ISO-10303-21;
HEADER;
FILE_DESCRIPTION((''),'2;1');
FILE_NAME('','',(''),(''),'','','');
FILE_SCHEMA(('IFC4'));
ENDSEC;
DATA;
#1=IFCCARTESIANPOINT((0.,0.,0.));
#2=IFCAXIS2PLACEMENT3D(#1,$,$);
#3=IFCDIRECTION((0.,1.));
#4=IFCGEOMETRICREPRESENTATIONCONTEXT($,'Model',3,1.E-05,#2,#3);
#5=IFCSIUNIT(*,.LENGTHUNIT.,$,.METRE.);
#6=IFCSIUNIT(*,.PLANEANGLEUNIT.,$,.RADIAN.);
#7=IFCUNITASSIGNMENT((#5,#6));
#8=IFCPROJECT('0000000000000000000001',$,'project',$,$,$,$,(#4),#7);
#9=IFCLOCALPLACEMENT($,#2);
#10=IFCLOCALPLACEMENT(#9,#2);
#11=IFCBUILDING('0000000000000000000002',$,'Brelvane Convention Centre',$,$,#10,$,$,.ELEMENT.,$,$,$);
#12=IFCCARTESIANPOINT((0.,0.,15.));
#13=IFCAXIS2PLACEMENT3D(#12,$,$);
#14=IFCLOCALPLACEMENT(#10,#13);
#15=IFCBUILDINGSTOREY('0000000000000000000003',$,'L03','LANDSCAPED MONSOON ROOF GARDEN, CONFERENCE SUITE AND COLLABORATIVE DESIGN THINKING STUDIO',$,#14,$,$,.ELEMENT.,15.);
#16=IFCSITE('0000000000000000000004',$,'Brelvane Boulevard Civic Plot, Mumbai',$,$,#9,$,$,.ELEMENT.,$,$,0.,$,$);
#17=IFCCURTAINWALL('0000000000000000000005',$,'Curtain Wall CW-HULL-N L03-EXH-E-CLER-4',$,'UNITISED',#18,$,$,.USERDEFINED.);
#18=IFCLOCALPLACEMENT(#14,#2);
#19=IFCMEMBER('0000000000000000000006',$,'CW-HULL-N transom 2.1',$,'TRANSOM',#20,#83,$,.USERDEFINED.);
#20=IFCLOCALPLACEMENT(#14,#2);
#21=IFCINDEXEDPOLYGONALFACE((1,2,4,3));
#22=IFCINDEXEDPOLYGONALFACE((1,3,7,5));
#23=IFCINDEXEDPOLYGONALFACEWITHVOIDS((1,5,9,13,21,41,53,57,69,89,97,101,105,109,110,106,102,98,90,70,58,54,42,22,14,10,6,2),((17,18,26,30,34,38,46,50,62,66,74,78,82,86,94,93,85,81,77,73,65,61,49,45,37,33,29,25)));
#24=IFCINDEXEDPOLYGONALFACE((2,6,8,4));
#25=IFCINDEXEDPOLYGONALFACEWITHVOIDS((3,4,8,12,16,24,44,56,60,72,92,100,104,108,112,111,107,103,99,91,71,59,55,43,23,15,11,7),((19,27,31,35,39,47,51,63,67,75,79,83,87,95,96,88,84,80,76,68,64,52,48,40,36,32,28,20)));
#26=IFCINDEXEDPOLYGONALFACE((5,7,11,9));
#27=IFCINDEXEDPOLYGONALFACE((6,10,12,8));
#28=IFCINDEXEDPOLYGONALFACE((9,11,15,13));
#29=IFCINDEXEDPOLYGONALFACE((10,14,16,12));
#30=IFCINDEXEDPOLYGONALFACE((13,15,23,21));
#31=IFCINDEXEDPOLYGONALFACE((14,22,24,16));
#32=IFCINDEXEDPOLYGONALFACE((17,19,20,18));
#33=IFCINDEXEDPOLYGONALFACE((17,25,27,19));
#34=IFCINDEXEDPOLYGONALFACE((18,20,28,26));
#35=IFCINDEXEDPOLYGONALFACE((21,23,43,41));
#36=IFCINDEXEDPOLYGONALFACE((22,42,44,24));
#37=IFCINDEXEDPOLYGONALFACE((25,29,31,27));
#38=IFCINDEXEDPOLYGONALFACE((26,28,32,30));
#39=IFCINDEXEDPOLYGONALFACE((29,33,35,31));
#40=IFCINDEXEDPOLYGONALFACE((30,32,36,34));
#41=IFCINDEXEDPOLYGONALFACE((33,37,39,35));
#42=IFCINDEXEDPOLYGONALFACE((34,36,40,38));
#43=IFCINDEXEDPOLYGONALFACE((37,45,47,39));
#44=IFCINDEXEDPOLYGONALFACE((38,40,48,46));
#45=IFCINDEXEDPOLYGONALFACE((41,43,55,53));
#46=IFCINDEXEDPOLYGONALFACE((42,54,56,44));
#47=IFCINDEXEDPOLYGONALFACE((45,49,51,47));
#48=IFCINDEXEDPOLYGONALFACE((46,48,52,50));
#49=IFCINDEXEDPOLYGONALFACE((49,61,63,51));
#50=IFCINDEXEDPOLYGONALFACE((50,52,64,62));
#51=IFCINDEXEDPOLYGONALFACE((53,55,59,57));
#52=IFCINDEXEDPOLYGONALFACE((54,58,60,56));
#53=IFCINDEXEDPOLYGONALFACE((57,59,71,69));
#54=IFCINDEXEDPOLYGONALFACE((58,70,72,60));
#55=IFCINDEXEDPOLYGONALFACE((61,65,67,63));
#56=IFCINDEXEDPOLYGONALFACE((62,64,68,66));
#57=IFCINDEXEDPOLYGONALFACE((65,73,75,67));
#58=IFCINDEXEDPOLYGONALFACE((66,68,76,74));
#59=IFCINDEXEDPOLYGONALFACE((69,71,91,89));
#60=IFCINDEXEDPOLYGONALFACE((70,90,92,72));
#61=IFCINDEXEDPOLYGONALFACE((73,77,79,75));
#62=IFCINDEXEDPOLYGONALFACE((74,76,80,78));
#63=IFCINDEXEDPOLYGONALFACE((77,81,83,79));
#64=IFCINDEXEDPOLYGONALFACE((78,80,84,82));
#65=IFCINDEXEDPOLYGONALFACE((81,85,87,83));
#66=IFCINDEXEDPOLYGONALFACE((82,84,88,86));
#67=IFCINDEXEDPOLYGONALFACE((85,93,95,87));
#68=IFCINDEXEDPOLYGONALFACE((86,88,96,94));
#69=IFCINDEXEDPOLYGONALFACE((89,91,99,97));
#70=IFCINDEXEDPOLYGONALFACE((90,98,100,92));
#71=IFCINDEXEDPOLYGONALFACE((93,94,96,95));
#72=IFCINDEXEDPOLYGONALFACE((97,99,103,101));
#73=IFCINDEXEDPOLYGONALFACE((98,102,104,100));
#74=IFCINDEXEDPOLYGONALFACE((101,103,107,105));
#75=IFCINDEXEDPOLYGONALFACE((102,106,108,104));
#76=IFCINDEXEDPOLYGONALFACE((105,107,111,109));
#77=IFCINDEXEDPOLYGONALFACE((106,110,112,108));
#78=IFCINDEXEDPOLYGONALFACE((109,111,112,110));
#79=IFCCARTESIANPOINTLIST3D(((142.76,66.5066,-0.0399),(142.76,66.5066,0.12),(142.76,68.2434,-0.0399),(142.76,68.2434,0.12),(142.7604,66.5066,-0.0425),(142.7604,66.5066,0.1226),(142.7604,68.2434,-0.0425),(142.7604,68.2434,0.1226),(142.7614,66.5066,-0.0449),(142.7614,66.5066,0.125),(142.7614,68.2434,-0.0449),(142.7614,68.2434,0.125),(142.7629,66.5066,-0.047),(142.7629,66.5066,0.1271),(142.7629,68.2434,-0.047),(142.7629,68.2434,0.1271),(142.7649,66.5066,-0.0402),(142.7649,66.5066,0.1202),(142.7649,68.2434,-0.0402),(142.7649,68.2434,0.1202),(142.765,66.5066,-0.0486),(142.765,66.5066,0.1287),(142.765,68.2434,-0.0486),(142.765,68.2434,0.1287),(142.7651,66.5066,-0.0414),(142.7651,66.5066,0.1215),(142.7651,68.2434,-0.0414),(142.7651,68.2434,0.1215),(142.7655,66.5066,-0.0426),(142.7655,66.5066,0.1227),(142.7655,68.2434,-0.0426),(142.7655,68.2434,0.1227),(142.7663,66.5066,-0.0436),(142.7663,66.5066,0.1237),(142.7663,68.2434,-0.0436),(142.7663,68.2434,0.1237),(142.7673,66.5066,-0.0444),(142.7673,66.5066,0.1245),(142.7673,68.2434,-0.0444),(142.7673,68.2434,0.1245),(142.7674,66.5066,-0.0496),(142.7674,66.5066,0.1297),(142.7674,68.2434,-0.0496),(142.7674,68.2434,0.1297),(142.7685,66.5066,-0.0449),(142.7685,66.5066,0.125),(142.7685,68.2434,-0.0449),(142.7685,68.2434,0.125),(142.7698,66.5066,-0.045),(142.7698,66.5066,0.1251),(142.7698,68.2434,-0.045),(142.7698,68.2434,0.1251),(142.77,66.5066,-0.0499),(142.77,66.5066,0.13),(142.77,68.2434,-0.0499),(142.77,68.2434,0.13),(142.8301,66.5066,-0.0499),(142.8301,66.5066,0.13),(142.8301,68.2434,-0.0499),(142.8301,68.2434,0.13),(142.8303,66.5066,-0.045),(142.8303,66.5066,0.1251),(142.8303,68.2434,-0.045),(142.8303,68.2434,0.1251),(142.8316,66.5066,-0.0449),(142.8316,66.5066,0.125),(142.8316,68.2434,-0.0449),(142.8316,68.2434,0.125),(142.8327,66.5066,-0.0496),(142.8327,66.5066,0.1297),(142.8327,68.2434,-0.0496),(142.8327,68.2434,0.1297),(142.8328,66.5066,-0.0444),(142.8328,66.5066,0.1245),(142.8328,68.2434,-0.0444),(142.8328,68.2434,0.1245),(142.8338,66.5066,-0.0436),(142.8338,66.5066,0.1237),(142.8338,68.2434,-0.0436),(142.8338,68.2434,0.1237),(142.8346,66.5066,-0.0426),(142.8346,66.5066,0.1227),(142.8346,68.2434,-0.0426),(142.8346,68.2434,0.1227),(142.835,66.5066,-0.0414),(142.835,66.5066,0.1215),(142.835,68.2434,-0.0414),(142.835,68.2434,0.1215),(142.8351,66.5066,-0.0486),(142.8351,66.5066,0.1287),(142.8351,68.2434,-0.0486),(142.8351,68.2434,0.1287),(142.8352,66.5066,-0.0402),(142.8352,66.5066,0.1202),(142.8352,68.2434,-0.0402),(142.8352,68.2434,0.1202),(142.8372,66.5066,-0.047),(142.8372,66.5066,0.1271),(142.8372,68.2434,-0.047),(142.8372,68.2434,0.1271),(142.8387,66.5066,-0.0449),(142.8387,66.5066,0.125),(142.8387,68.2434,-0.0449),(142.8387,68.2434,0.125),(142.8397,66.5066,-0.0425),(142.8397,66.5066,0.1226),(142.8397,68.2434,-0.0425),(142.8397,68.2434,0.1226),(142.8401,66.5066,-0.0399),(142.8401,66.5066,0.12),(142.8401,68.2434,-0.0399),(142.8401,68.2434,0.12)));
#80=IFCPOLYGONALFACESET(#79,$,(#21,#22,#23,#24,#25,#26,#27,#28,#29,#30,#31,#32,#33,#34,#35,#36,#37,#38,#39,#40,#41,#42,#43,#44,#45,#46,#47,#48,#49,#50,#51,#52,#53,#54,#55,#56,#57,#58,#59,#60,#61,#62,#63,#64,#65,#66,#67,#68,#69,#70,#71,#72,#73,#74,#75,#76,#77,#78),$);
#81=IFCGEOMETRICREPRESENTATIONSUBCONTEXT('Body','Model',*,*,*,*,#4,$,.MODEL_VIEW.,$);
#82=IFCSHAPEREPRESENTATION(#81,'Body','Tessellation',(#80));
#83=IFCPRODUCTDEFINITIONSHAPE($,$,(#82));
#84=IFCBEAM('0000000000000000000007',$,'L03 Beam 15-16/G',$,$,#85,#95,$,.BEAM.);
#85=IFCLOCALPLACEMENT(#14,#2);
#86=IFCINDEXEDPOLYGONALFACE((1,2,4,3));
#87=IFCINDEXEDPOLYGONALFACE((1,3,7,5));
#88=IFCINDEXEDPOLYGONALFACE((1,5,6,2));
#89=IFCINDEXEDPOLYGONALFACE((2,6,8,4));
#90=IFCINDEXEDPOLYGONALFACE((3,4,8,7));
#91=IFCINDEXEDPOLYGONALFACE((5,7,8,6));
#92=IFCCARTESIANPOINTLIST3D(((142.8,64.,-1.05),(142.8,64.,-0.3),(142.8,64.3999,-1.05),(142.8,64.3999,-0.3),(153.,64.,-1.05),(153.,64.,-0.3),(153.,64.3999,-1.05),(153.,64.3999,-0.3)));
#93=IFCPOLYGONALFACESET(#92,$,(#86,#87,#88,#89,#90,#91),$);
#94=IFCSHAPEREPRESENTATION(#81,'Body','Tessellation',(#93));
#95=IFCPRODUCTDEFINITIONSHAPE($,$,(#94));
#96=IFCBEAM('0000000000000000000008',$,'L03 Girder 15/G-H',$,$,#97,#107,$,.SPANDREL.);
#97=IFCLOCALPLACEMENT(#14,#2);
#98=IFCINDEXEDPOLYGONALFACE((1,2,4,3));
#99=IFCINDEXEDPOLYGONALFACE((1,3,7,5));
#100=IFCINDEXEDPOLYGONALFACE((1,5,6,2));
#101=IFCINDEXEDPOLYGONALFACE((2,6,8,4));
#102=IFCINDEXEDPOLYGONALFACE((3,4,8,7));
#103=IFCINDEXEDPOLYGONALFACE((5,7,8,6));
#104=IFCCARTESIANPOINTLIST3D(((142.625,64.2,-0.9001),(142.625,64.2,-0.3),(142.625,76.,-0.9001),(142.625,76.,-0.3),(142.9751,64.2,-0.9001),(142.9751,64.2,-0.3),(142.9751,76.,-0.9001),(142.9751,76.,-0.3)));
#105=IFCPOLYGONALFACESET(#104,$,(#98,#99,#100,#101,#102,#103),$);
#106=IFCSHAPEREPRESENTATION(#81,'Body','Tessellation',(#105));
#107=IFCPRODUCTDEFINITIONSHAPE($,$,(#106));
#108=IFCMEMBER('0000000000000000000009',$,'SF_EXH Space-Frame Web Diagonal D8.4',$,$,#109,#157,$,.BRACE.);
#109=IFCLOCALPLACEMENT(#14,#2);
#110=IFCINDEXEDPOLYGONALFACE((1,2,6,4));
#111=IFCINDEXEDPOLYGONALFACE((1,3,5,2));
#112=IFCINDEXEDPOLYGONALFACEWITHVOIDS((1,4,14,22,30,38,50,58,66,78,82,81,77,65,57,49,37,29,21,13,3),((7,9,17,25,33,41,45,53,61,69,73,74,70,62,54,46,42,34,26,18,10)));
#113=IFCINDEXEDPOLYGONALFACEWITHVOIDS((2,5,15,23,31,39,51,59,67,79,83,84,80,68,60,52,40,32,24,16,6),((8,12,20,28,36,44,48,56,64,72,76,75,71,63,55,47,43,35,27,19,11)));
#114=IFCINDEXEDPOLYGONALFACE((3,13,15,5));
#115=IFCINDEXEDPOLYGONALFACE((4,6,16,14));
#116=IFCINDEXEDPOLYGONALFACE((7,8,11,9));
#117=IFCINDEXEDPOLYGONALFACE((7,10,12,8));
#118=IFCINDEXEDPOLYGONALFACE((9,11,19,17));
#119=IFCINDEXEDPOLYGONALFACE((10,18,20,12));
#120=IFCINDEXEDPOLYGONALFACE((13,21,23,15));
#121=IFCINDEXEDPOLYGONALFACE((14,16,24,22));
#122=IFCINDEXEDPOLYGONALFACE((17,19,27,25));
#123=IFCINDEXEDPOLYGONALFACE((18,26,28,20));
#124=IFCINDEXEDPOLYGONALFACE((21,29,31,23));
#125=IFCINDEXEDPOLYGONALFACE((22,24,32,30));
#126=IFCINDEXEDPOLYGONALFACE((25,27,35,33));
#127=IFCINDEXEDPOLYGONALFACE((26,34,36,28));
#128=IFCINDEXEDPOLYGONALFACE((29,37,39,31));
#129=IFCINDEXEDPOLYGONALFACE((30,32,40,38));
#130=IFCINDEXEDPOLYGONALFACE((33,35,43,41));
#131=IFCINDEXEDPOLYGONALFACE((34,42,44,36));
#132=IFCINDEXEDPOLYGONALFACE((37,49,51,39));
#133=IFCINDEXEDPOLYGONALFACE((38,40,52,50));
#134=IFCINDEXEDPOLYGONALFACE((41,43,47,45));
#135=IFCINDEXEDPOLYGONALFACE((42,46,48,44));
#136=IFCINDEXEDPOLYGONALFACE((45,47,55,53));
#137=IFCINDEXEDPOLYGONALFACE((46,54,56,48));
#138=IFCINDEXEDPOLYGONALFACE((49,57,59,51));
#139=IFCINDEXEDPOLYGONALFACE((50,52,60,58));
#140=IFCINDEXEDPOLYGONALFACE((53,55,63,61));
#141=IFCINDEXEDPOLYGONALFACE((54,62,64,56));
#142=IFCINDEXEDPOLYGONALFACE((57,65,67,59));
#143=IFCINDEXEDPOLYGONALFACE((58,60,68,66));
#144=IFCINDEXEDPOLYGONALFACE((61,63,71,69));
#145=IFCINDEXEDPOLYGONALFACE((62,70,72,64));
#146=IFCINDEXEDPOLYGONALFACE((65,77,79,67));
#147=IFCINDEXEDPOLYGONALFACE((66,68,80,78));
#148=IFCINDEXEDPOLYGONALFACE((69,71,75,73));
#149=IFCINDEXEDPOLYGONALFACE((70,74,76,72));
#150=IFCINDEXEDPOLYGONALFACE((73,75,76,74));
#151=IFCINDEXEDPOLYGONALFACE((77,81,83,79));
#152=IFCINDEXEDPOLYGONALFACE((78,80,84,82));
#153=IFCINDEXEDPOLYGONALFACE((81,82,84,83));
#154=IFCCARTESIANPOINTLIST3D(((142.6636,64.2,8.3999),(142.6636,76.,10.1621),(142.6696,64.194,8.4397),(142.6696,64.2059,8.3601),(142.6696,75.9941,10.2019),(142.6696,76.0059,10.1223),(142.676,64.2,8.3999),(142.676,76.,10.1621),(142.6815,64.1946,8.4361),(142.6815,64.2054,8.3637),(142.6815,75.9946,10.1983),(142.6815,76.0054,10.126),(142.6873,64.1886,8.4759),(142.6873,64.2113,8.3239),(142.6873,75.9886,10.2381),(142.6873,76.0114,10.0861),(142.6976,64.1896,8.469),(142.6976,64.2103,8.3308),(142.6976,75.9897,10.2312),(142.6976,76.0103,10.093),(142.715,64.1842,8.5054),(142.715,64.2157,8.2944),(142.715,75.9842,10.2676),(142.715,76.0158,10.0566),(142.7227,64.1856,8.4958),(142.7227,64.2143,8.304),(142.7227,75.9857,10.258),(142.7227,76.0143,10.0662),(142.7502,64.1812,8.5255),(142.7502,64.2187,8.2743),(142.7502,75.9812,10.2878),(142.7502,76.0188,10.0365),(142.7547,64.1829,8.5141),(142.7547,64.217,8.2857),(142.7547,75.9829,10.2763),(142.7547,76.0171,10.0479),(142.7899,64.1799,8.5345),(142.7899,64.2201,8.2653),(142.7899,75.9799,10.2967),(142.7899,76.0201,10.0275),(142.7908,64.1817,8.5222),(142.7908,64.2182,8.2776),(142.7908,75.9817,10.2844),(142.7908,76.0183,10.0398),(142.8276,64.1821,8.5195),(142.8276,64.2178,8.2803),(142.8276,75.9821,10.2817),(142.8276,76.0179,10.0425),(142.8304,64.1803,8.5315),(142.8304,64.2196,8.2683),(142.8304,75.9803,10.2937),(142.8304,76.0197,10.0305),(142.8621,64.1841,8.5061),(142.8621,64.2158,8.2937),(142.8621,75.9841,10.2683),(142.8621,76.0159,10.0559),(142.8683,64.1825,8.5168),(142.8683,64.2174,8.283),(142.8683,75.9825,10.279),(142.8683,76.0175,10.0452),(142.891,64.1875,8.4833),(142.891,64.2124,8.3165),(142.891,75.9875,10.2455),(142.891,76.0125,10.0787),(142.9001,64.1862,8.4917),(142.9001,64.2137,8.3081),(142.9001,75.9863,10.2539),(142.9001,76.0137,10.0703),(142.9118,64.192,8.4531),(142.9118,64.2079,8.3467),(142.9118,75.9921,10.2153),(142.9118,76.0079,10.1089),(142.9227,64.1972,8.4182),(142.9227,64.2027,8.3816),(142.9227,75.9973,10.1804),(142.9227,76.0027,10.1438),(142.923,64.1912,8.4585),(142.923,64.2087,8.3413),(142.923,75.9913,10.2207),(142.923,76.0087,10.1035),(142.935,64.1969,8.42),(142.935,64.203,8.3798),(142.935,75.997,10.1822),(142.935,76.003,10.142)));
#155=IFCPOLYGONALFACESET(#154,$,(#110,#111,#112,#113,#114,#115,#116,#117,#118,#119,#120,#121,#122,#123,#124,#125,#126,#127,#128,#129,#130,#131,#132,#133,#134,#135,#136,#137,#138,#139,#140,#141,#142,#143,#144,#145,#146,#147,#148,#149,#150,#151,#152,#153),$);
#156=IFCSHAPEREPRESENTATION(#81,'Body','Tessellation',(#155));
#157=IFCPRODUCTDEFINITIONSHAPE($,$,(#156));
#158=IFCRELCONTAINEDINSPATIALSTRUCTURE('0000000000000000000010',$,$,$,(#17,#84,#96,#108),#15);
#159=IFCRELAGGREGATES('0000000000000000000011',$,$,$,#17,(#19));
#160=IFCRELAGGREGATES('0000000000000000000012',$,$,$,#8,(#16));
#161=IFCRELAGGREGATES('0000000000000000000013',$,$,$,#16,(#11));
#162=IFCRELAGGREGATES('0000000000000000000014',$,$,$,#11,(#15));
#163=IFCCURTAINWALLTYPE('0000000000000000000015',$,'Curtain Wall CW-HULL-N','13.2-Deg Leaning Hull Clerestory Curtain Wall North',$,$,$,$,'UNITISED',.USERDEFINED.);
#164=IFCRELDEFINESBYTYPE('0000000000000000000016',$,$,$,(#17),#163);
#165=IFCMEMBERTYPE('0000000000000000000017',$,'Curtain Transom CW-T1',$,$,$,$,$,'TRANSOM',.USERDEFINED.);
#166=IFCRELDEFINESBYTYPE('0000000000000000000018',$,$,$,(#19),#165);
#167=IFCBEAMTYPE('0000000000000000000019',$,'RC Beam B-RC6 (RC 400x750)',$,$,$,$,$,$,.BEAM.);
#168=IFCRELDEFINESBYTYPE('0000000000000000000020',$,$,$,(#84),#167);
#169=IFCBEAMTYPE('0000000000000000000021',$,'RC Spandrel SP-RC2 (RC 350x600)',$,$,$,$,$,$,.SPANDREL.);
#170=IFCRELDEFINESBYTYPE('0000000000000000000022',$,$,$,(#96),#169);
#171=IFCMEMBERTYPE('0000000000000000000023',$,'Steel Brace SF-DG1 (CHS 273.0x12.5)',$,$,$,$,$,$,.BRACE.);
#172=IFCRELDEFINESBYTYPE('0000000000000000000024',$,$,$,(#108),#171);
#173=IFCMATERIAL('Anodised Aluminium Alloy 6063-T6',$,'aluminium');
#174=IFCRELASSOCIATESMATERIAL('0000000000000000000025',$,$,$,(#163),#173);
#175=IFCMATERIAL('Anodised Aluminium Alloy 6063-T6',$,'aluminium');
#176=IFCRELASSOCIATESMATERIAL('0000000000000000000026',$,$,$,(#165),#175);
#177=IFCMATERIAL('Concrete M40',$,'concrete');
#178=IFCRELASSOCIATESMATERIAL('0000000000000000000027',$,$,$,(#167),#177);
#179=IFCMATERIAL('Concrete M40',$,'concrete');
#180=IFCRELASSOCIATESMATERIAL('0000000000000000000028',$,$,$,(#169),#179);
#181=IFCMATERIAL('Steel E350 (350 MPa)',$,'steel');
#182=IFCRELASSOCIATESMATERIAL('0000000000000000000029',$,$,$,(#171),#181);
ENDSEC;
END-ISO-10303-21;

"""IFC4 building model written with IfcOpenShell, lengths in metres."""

from ifc_helpers import new_model, si_unit, direction, frame, origin, origin_2d, place, context, subcontext, project, spatial, rectangle, hollow_rectangle, hollow_circle, extrude, material, material_profile, profile_set, type_object, element, aggregate, save


model = new_model("IFC4")

# Units and contexts
model_context = context("Model", 3, precision=1e-05, world=origin(), true_north=direction((0.0, 1.0)))
body_context = subcontext(model_context, "Body", "Model", "MODEL_VIEW")
ifc_project = project(units=[si_unit("LENGTHUNIT", "METRE"), si_unit("PLANEANGLEUNIT", "RADIAN")], contexts=[model_context])

# Site, building, storey
site_placement = place(None, origin())
site = spatial("IfcSite", under=ifc_project, at=site_placement, Name="Brelvane Boulevard Civic Plot, Mumbai", CompositionType="ELEMENT", RefElevation=0.0)
building_placement = place(site_placement, origin())
building = spatial("IfcBuilding", under=site, at=building_placement, Name="Brelvane Convention Centre", CompositionType="ELEMENT")
storey_placement = place(building_placement, frame((0.0, 0.0, 15.0)))
storey = spatial("IfcBuildingStorey", under=building, at=storey_placement, Name="L03", Description="LANDSCAPED MONSOON ROOF GARDEN, CONFERENCE SUITE AND COLLABORATIVE DESIGN THINKING STUDIO", CompositionType="ELEMENT", Elevation=15.0)

# Curtain wall
ifc_material_1 = material(Name="Anodised Aluminium Alloy 6063-T6", Category="aluminium")
curtain_wall_type = type_object("IfcCurtainWallType", Name="Curtain Wall CW-HULL-N", Description="13.2-Deg Leaning Hull Clerestory Curtain Wall North", ElementType="UNITISED", PredefinedType="USERDEFINED", material=ifc_material_1)
curtain_wall_1_placement = place(storey_placement, origin())
curtain_wall_1 = element("IfcCurtainWall", 1, at=curtain_wall_1_placement, inside=storey, type_object=curtain_wall_type, Name="Curtain Wall CW-HULL-N L03-EXH-E-CLER-4", ObjectType="UNITISED", PredefinedType="USERDEFINED")

# Member
ifc_material_2 = material(Name="Anodised Aluminium Alloy 6063-T6", Category="aluminium")
ifc_material_profile_1 = material_profile(ifc_material_2, hollow_rectangle(XDim=0.0801, YDim=0.1799, WallThickness=0.0049, InnerFilletRadius=0.0049, OuterFilletRadius=0.01, at=origin_2d()), Name="ALU-T 180x80x5.0")
ifc_profile_set_1 = profile_set([ifc_material_profile_1], Name="Anodised Aluminium Alloy 6063-T6")
member_type_1 = type_object("IfcMemberType", Name="Curtain Transom CW-T1", ElementType="TRANSOM", PredefinedType="USERDEFINED", material=ifc_profile_set_1)
member_1_placement = place(storey_placement, frame((142.8, 66.5066, 0.04), z_axis=(0.0, 1.0, 0.0), x_axis=(-1.0, 0.0, 0.0)))
member_1 = element("IfcMember", 2, at=member_1_placement, type_object=member_type_1, Name="CW-HULL-N transom 2.1", ObjectType="TRANSOM", PredefinedType="USERDEFINED", context=body_context, shape_type="SweptSolid", body=[
    extrude(hollow_rectangle(XDim=0.0801, YDim=0.1799, WallThickness=0.0049, InnerFilletRadius=0.0049, OuterFilletRadius=0.01, at=origin_2d()), origin(), (0.0, 0.0, 1.0), 1.7368),
])

# Beams
ifc_material_3 = material(Name="Concrete M40", Category="concrete")
ifc_material_profile_2 = material_profile(ifc_material_3, rectangle(XDim=0.3999, YDim=0.75, at=origin_2d()), Name="RC 400x750")
ifc_profile_set_2 = profile_set([ifc_material_profile_2], Name="Concrete M40")
beam_type_1 = type_object("IfcBeamType", Name="RC Beam B-RC6 (RC 400x750)", PredefinedType="BEAM", material=ifc_profile_set_2)
beam_1_placement = place(storey_placement, frame((142.8, 64.2, -0.675), z_axis=(1.0, 0.0, 0.0), x_axis=(0.0, 1.0, 0.0)))
element("IfcBeam", 3, at=beam_1_placement, inside=storey, type_object=beam_type_1, Name="L03 Beam 15-16/G", PredefinedType="BEAM", context=body_context, shape_type="SweptSolid", body=[
    extrude(rectangle(XDim=0.3999, YDim=0.75, at=origin_2d()), origin(), (0.0, 0.0, 1.0), 10.2),
])
ifc_material_4 = material(Name="Concrete M40", Category="concrete")
ifc_material_profile_3 = material_profile(ifc_material_4, rectangle(XDim=0.3501, YDim=0.6001, at=origin_2d()), Name="RC 350x600")
ifc_profile_set_3 = profile_set([ifc_material_profile_3], Name="Concrete M40")
beam_type_2 = type_object("IfcBeamType", Name="RC Spandrel SP-RC2 (RC 350x600)", PredefinedType="SPANDREL", material=ifc_profile_set_3)
beam_2_placement = place(storey_placement, frame((142.8, 64.2, -0.6001), z_axis=(0.0, 1.0, 0.0), x_axis=(-1.0, 0.0, 0.0)))
element("IfcBeam", 4, at=beam_2_placement, inside=storey, type_object=beam_type_2, Name="L03 Girder 15/G-H", PredefinedType="SPANDREL", context=body_context, shape_type="SweptSolid", body=[
    extrude(rectangle(XDim=0.3501, YDim=0.6001, at=origin_2d()), origin(), (0.0, 0.0, 1.0), 11.8),
])

# Member
ifc_material_5 = material(Name="Steel E350 (350 MPa)", Category="steel")
ifc_material_profile_4 = material_profile(ifc_material_5, hollow_circle(Radius=0.1365, WallThickness=0.0125, at=origin_2d()), Name="CHS 273.0x12.5")
ifc_profile_set_4 = profile_set([ifc_material_profile_4], Name="Steel E350 (350 MPa)")
member_type_2 = type_object("IfcMemberType", Name="Steel Brace SF-DG1 (CHS 273.0x12.5)", PredefinedType="BRACE", material=ifc_profile_set_4)
member_2_placement = place(storey_placement, frame((142.8, 64.2, 8.3999), z_axis=(0.0, 0.989032, 0.147701), x_axis=(-1.0, 0.0, 0.0)))
element("IfcMember", 5, at=member_2_placement, inside=storey, type_object=member_type_2, Name="SF_EXH Space-Frame Web Diagonal D8.4", PredefinedType="BRACE", context=body_context, shape_type="SweptSolid", body=[
    extrude(hollow_circle(Radius=0.1365, WallThickness=0.0125, at=origin_2d()), origin(), (0.0, 0.0, 1.0), 11.9309),
])

aggregate(curtain_wall_1, [member_1])

save(model, "model.ifc")
